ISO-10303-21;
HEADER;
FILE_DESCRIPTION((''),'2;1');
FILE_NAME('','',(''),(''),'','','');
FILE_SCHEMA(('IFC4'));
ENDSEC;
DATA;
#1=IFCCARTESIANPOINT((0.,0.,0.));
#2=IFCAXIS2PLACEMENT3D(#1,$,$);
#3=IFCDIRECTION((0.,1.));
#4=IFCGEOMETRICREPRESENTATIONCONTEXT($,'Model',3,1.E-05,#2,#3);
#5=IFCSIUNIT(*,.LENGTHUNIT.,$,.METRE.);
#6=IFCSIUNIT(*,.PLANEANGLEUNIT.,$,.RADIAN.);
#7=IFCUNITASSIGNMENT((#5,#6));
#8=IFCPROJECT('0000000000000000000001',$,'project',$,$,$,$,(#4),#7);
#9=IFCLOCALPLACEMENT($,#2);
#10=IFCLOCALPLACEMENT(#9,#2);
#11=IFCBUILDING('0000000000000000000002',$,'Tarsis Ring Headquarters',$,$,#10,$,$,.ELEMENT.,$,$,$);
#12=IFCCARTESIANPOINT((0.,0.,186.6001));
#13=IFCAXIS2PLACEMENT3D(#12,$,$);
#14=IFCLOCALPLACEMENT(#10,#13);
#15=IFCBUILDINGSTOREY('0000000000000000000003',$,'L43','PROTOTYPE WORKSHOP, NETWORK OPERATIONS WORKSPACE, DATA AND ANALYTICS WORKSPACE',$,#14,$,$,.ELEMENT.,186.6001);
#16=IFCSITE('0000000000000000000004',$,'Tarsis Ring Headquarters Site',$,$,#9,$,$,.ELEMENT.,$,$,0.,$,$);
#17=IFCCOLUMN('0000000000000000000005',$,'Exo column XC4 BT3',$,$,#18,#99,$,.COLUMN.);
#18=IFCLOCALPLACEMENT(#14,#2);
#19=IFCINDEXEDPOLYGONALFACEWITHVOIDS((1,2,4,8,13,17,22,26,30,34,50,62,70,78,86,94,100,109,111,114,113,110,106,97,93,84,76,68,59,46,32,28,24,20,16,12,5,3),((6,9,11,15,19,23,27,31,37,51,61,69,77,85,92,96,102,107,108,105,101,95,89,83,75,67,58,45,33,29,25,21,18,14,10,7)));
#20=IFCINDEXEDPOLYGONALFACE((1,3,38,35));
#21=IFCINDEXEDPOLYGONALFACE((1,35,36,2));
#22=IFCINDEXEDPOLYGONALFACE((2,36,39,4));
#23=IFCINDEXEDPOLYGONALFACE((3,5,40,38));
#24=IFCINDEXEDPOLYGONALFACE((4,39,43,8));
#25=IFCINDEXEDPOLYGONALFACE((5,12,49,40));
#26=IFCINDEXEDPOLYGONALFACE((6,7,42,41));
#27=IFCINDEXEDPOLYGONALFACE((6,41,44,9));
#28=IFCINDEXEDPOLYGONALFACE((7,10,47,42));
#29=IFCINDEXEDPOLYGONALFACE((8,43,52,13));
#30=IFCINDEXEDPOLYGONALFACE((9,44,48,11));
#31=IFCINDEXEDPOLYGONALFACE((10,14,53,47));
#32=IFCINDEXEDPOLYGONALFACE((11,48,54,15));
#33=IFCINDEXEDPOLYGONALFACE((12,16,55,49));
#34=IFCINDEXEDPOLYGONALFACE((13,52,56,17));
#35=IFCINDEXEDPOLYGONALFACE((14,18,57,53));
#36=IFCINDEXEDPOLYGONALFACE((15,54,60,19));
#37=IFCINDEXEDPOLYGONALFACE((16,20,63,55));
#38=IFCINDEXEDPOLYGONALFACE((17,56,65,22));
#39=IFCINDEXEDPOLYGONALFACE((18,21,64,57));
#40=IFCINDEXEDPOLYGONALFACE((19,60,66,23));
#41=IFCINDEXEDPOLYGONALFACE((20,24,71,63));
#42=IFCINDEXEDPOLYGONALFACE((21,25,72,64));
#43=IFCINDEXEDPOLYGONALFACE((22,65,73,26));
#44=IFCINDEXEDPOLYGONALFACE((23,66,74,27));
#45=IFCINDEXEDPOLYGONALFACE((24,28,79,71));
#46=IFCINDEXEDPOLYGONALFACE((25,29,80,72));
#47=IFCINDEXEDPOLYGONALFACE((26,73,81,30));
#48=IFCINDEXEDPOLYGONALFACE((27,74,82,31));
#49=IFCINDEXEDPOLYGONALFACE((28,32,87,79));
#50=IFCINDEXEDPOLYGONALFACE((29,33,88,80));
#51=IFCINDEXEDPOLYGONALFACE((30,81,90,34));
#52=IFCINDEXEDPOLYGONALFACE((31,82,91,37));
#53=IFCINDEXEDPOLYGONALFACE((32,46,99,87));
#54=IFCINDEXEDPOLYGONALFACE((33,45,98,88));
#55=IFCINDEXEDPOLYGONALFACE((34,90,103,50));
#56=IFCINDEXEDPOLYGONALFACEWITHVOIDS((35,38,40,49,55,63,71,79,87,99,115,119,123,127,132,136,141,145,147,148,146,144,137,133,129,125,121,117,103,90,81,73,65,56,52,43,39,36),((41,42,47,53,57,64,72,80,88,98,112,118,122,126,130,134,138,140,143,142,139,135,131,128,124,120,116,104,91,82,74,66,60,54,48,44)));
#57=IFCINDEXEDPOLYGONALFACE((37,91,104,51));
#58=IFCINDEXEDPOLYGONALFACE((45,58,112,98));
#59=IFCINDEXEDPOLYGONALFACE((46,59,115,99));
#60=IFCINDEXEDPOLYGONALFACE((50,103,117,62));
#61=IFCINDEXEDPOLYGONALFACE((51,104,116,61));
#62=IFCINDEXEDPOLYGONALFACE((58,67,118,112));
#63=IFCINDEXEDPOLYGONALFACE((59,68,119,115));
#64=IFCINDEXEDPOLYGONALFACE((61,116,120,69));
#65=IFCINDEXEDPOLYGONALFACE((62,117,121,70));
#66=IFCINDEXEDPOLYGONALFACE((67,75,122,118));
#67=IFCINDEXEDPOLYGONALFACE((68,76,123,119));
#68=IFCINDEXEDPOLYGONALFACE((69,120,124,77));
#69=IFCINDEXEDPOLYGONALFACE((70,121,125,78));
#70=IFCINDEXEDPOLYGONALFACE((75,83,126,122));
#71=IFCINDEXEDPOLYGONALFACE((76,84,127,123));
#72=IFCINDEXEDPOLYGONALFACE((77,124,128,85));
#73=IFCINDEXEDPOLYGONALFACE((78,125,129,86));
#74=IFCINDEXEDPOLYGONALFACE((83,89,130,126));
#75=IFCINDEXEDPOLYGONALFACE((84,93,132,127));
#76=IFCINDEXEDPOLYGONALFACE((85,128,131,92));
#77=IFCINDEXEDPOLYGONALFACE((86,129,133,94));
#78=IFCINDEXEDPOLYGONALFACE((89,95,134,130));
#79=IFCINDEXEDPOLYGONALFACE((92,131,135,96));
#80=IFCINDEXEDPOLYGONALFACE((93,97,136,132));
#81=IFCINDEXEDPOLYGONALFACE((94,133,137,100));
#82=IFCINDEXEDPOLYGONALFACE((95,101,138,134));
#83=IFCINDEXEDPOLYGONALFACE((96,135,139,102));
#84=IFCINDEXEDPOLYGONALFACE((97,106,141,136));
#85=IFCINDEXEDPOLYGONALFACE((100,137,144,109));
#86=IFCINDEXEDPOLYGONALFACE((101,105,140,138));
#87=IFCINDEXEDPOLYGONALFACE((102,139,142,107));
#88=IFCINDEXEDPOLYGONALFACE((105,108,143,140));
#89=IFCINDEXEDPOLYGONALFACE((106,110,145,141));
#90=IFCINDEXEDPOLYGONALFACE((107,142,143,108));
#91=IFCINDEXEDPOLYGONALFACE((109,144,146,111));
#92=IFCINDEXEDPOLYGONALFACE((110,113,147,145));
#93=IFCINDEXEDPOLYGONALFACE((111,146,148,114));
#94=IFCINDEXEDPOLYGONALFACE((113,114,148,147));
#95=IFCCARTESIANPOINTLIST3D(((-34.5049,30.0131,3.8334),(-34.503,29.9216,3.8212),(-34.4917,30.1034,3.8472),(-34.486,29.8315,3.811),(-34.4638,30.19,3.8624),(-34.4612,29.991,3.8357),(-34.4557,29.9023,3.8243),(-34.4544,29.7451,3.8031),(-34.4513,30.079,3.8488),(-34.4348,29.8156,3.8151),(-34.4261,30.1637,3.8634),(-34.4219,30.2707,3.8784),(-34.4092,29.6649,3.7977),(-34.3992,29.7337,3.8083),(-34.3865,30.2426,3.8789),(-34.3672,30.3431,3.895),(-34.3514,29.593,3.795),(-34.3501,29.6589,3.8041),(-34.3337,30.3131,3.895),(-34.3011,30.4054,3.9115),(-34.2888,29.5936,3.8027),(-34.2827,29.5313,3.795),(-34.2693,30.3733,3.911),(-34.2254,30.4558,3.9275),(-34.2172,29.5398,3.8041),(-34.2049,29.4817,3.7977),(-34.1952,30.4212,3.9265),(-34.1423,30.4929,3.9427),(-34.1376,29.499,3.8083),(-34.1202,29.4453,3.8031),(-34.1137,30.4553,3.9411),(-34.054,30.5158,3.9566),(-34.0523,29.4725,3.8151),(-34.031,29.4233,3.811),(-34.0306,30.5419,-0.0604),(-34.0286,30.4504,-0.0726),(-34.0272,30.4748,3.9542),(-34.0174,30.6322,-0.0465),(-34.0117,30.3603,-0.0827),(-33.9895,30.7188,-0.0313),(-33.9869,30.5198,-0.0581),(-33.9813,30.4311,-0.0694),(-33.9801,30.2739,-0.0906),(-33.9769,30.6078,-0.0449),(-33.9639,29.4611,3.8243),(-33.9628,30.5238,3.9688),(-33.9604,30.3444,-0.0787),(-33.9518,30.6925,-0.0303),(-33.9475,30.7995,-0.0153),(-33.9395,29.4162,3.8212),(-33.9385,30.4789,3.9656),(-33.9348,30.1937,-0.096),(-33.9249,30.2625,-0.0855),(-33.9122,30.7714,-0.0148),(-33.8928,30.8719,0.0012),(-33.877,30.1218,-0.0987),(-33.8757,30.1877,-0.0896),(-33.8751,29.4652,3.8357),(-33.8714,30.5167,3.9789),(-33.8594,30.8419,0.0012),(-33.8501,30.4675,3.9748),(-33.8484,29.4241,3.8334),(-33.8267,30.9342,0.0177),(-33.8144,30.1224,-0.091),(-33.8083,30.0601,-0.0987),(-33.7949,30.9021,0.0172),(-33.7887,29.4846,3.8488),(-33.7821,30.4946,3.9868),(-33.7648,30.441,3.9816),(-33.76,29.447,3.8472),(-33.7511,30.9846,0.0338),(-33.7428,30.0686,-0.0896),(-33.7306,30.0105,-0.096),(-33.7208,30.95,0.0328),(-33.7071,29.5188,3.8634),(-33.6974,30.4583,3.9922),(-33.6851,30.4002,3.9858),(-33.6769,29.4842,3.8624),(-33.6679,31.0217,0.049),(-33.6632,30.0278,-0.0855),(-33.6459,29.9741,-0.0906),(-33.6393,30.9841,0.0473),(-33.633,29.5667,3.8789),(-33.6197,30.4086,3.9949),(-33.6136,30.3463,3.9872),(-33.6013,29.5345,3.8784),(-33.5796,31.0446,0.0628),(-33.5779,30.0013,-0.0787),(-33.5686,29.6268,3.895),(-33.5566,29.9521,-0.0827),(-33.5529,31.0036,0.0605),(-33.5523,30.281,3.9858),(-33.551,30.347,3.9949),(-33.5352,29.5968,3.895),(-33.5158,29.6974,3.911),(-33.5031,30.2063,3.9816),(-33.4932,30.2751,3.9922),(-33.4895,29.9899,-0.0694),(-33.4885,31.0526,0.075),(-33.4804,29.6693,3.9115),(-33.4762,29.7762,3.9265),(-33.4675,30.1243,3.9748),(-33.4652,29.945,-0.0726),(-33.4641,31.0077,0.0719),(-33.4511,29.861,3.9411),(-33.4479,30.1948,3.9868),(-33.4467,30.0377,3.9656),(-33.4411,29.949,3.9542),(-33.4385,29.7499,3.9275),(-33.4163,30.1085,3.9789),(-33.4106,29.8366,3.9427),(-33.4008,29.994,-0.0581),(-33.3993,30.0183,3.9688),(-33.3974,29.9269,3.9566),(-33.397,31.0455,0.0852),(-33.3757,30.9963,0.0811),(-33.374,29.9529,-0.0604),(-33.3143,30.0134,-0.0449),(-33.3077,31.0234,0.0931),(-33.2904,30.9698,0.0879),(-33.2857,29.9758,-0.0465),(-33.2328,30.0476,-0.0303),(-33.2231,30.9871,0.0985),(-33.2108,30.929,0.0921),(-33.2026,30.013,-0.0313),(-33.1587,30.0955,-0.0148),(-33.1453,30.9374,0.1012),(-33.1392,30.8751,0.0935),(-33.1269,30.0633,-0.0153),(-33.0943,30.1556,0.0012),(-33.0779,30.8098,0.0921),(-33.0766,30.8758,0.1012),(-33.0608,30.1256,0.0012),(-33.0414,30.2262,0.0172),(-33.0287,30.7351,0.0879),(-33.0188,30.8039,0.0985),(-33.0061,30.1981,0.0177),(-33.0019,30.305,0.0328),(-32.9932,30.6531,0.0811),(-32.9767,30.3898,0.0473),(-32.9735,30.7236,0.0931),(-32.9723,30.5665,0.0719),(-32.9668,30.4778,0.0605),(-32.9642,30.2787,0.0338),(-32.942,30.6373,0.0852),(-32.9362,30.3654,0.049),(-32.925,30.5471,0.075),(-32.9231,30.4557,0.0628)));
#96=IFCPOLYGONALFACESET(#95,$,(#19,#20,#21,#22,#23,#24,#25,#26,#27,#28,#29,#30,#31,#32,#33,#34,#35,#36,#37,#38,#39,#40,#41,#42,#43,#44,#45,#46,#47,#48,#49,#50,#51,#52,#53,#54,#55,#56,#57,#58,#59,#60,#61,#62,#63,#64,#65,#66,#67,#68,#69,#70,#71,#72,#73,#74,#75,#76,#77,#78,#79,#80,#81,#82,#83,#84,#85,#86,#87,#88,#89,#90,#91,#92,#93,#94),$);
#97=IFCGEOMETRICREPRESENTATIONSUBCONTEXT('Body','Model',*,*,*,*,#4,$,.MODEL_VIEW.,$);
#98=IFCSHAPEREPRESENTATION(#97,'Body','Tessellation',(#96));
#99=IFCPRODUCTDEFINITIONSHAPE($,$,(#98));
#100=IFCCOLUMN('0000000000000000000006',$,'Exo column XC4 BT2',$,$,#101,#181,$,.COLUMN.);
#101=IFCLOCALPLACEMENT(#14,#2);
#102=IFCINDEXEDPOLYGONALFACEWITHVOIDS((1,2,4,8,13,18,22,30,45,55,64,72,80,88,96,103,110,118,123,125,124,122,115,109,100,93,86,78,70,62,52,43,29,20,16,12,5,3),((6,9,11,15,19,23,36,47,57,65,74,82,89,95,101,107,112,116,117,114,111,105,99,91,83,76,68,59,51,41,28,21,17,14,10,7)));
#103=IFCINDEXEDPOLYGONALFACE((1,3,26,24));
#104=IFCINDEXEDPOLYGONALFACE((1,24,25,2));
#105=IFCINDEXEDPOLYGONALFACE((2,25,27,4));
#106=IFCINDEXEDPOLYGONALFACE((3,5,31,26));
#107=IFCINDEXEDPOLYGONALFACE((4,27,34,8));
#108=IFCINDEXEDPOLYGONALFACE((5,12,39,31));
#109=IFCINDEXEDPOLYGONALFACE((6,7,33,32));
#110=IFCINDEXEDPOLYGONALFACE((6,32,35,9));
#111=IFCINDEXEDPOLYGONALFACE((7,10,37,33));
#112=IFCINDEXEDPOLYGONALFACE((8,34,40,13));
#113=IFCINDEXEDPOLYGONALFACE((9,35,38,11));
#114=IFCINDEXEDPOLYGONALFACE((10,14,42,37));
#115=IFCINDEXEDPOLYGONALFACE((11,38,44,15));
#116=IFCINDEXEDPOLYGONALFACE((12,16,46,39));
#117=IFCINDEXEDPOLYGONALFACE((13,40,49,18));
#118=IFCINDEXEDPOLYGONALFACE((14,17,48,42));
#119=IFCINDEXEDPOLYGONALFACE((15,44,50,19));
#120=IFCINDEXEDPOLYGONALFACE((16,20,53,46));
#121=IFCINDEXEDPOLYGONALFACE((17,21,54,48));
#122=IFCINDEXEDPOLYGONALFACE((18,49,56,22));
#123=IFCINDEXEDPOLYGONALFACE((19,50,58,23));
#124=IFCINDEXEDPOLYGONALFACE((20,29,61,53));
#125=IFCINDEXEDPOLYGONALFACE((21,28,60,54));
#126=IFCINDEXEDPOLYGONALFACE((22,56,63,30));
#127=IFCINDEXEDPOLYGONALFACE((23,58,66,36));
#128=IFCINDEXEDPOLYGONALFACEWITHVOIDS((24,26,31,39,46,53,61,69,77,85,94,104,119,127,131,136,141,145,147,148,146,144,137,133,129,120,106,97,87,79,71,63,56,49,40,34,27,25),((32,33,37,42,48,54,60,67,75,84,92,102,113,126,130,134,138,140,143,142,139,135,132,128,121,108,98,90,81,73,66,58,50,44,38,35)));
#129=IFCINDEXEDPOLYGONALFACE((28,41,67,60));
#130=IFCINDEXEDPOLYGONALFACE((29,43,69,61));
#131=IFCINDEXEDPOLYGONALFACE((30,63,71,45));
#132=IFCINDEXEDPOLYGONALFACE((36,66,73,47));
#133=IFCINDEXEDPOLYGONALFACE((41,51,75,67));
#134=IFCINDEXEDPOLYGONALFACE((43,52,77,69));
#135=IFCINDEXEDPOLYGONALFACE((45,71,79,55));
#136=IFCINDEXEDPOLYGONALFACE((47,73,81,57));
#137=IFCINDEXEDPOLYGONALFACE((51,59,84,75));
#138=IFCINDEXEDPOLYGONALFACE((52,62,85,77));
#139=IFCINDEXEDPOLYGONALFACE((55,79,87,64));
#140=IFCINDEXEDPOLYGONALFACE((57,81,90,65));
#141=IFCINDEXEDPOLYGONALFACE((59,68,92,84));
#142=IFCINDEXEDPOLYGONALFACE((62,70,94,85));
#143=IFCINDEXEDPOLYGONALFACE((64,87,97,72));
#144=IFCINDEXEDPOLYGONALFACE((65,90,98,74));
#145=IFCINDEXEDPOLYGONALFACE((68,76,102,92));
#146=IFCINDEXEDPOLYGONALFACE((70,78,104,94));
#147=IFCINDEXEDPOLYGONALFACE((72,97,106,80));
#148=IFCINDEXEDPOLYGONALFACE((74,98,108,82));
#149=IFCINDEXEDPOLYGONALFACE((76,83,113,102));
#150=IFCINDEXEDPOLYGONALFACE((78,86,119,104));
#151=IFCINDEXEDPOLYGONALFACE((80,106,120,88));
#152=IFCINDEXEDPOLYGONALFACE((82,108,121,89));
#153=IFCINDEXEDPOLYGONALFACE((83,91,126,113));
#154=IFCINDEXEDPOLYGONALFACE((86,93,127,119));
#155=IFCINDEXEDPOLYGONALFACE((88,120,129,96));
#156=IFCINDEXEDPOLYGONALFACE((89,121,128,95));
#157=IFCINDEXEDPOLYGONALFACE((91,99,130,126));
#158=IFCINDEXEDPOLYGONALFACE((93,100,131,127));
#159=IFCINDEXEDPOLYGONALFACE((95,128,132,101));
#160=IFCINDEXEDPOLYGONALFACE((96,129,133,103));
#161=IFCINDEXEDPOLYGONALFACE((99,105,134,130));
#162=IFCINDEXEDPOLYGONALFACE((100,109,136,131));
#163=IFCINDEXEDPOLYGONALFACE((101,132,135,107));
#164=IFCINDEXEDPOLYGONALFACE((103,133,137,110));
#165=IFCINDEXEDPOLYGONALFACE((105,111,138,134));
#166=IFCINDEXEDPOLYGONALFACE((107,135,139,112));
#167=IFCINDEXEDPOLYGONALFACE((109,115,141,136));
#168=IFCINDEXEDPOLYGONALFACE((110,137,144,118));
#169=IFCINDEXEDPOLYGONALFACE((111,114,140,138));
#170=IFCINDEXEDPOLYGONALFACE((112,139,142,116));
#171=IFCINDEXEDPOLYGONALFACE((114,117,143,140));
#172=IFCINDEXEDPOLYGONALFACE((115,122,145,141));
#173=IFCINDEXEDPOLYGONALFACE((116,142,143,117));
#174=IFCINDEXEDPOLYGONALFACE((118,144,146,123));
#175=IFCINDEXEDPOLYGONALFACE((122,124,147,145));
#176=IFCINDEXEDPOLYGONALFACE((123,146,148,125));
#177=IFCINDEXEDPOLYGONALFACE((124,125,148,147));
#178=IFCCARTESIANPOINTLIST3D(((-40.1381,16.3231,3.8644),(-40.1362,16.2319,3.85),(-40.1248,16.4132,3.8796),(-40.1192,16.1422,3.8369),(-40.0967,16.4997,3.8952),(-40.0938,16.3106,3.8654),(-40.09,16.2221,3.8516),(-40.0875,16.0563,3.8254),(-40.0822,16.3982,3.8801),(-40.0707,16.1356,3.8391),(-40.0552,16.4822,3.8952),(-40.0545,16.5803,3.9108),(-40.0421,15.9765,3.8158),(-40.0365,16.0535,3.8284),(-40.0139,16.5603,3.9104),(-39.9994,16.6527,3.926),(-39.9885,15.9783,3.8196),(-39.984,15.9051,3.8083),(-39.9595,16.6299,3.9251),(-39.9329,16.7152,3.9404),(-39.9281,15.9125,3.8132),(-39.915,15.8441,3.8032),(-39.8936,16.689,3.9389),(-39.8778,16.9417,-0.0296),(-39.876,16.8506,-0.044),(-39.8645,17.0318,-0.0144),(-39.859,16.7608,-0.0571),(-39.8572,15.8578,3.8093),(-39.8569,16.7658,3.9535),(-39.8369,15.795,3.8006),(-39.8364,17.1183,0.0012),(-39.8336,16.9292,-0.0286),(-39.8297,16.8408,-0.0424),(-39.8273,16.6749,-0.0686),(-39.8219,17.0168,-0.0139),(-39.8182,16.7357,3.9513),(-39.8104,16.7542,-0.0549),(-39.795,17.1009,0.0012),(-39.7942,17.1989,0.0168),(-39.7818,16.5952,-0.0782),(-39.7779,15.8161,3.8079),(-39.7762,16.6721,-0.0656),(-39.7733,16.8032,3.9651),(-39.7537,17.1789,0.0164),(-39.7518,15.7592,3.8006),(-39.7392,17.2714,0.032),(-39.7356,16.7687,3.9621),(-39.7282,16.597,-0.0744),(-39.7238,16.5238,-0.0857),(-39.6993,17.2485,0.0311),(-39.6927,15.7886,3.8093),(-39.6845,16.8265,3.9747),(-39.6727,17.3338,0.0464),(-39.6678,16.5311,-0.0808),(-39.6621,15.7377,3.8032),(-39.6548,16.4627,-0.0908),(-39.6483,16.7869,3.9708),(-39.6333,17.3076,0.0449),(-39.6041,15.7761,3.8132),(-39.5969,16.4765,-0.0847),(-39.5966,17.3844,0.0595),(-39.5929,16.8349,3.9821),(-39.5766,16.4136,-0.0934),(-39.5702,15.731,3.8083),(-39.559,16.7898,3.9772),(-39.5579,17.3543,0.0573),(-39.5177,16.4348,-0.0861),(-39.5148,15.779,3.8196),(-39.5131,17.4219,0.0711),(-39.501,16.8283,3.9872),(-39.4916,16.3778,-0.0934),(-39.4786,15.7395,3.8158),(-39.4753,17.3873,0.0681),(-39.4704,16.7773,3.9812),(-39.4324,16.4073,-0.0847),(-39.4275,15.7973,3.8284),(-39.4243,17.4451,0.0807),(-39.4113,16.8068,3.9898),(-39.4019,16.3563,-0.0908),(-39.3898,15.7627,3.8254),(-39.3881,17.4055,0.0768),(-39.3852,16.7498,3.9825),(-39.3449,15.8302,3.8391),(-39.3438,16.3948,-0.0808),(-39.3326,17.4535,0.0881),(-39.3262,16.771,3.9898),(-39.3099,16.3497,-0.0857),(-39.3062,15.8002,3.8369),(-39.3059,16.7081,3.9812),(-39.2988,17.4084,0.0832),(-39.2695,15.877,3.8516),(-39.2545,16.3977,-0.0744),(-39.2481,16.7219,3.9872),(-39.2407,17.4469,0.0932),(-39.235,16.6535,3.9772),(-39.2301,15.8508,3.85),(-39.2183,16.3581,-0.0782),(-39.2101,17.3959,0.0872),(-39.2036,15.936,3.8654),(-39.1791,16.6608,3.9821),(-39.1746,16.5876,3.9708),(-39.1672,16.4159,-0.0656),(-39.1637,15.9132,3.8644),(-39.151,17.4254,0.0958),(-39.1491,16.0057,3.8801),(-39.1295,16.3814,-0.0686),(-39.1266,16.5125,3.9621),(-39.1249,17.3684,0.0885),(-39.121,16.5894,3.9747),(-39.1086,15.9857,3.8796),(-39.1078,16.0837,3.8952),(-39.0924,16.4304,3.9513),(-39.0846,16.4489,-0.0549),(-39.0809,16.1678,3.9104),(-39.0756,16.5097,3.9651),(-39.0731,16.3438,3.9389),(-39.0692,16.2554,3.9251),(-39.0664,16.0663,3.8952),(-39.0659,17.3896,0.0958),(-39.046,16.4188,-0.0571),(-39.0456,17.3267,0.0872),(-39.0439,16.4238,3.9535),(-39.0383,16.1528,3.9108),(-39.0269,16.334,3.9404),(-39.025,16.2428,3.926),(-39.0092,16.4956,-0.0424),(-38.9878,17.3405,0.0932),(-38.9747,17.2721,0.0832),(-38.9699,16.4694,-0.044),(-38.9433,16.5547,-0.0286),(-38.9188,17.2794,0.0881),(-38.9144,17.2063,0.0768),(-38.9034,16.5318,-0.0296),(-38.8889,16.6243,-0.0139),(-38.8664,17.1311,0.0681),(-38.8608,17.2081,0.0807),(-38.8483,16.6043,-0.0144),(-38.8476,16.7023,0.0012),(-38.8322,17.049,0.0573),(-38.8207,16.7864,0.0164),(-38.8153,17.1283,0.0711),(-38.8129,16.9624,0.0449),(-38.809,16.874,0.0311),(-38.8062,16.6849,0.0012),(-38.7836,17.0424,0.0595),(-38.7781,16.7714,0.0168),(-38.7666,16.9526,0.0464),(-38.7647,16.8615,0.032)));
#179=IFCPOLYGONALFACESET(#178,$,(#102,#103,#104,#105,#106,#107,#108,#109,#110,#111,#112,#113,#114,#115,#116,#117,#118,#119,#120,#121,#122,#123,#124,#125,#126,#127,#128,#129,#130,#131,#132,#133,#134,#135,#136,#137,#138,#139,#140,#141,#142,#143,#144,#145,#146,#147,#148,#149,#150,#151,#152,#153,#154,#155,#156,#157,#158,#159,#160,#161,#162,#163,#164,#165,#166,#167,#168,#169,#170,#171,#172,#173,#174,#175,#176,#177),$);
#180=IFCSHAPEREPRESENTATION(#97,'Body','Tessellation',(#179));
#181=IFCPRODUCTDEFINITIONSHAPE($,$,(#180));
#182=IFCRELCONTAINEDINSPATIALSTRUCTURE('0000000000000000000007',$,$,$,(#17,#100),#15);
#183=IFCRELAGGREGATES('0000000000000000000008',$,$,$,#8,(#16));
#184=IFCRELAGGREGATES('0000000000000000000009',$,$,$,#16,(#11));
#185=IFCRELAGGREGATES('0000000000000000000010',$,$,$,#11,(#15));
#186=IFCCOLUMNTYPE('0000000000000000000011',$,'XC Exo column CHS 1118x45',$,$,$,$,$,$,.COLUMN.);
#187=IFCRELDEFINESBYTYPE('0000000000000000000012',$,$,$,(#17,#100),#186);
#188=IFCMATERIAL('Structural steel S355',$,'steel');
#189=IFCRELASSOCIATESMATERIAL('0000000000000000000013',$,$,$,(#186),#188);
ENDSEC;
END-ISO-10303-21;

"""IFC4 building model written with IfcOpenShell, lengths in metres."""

from ifc_helpers import new_model, si_unit, direction, frame, origin, origin_2d, place, context, subcontext, project, spatial, hollow_circle, extrude, material, material_profile, profile_set, type_object, element, save


model = new_model("IFC4")

# Units and contexts
model_context = context("Model", 3, precision=1e-05, world=origin(), true_north=direction((0.0, 1.0)))
body_context = subcontext(model_context, "Body", "Model", "MODEL_VIEW")
ifc_project = project(units=[si_unit("LENGTHUNIT", "METRE"), si_unit("PLANEANGLEUNIT", "RADIAN")], contexts=[model_context])

# Site, building, storey
site_placement = place(None, origin())
site = spatial("IfcSite", under=ifc_project, at=site_placement, Name="Tarsis Ring Headquarters Site", CompositionType="ELEMENT", RefElevation=0.0)
building_placement = place(site_placement, origin())
building = spatial("IfcBuilding", under=site, at=building_placement, Name="Tarsis Ring Headquarters", CompositionType="ELEMENT")
storey_placement = place(building_placement, frame((0.0, 0.0, 186.6001)))
storey = spatial("IfcBuildingStorey", under=building, at=storey_placement, Name="L43", Description="PROTOTYPE WORKSHOP, NETWORK OPERATIONS WORKSPACE, DATA AND ANALYTICS WORKSPACE", CompositionType="ELEMENT", Elevation=186.6001)

# Columns
ifc_material_1 = material(Name="Structural steel S355", Category="steel")
ifc_material_profile_1 = material_profile(ifc_material_1, hollow_circle(Radius=0.5588, WallThickness=0.0449, at=origin_2d()), Name="CHS 1118x45")
ifc_profile_set_1 = profile_set([ifc_material_profile_1], Name="Structural steel S355")
column_type = type_object("IfcColumnType", Name="XC Exo column CHS 1118x45", PredefinedType="COLUMN", material=ifc_profile_set_1)
column_1_placement = place(storey_placement, frame((-33.4768, 30.4988, 0.0012), z_axis=(-0.119848, -0.133603, 0.983762), x_axis=(0.744387, -0.667749, 0.0)))
element("IfcColumn", 1, at=column_1_placement, inside=storey, type_object=column_type, Name="Exo column XC4 BT3", PredefinedType="COLUMN", context=body_context, shape_type="SweptSolid", body=[
    extrude(hollow_circle(Radius=0.5588, WallThickness=0.0449, at=origin_2d()), origin(), (0.0, 0.0, 1.0), 3.958),
])
column_2_placement = place(storey_placement, frame((-39.3213, 16.9016, 0.0012), z_axis=(-0.065863, -0.156563, 0.985469), x_axis=(0.921759, -0.387764, 0.0)))
element("IfcColumn", 2, at=column_2_placement, inside=storey, type_object=column_type, Name="Exo column XC4 BT2", PredefinedType="COLUMN", context=body_context, shape_type="SweptSolid", body=[
    extrude(hollow_circle(Radius=0.5588, WallThickness=0.0449, at=origin_2d()), origin(), (0.0, 0.0, 1.0), 3.9514),
])

save(model, "model.ifc")
